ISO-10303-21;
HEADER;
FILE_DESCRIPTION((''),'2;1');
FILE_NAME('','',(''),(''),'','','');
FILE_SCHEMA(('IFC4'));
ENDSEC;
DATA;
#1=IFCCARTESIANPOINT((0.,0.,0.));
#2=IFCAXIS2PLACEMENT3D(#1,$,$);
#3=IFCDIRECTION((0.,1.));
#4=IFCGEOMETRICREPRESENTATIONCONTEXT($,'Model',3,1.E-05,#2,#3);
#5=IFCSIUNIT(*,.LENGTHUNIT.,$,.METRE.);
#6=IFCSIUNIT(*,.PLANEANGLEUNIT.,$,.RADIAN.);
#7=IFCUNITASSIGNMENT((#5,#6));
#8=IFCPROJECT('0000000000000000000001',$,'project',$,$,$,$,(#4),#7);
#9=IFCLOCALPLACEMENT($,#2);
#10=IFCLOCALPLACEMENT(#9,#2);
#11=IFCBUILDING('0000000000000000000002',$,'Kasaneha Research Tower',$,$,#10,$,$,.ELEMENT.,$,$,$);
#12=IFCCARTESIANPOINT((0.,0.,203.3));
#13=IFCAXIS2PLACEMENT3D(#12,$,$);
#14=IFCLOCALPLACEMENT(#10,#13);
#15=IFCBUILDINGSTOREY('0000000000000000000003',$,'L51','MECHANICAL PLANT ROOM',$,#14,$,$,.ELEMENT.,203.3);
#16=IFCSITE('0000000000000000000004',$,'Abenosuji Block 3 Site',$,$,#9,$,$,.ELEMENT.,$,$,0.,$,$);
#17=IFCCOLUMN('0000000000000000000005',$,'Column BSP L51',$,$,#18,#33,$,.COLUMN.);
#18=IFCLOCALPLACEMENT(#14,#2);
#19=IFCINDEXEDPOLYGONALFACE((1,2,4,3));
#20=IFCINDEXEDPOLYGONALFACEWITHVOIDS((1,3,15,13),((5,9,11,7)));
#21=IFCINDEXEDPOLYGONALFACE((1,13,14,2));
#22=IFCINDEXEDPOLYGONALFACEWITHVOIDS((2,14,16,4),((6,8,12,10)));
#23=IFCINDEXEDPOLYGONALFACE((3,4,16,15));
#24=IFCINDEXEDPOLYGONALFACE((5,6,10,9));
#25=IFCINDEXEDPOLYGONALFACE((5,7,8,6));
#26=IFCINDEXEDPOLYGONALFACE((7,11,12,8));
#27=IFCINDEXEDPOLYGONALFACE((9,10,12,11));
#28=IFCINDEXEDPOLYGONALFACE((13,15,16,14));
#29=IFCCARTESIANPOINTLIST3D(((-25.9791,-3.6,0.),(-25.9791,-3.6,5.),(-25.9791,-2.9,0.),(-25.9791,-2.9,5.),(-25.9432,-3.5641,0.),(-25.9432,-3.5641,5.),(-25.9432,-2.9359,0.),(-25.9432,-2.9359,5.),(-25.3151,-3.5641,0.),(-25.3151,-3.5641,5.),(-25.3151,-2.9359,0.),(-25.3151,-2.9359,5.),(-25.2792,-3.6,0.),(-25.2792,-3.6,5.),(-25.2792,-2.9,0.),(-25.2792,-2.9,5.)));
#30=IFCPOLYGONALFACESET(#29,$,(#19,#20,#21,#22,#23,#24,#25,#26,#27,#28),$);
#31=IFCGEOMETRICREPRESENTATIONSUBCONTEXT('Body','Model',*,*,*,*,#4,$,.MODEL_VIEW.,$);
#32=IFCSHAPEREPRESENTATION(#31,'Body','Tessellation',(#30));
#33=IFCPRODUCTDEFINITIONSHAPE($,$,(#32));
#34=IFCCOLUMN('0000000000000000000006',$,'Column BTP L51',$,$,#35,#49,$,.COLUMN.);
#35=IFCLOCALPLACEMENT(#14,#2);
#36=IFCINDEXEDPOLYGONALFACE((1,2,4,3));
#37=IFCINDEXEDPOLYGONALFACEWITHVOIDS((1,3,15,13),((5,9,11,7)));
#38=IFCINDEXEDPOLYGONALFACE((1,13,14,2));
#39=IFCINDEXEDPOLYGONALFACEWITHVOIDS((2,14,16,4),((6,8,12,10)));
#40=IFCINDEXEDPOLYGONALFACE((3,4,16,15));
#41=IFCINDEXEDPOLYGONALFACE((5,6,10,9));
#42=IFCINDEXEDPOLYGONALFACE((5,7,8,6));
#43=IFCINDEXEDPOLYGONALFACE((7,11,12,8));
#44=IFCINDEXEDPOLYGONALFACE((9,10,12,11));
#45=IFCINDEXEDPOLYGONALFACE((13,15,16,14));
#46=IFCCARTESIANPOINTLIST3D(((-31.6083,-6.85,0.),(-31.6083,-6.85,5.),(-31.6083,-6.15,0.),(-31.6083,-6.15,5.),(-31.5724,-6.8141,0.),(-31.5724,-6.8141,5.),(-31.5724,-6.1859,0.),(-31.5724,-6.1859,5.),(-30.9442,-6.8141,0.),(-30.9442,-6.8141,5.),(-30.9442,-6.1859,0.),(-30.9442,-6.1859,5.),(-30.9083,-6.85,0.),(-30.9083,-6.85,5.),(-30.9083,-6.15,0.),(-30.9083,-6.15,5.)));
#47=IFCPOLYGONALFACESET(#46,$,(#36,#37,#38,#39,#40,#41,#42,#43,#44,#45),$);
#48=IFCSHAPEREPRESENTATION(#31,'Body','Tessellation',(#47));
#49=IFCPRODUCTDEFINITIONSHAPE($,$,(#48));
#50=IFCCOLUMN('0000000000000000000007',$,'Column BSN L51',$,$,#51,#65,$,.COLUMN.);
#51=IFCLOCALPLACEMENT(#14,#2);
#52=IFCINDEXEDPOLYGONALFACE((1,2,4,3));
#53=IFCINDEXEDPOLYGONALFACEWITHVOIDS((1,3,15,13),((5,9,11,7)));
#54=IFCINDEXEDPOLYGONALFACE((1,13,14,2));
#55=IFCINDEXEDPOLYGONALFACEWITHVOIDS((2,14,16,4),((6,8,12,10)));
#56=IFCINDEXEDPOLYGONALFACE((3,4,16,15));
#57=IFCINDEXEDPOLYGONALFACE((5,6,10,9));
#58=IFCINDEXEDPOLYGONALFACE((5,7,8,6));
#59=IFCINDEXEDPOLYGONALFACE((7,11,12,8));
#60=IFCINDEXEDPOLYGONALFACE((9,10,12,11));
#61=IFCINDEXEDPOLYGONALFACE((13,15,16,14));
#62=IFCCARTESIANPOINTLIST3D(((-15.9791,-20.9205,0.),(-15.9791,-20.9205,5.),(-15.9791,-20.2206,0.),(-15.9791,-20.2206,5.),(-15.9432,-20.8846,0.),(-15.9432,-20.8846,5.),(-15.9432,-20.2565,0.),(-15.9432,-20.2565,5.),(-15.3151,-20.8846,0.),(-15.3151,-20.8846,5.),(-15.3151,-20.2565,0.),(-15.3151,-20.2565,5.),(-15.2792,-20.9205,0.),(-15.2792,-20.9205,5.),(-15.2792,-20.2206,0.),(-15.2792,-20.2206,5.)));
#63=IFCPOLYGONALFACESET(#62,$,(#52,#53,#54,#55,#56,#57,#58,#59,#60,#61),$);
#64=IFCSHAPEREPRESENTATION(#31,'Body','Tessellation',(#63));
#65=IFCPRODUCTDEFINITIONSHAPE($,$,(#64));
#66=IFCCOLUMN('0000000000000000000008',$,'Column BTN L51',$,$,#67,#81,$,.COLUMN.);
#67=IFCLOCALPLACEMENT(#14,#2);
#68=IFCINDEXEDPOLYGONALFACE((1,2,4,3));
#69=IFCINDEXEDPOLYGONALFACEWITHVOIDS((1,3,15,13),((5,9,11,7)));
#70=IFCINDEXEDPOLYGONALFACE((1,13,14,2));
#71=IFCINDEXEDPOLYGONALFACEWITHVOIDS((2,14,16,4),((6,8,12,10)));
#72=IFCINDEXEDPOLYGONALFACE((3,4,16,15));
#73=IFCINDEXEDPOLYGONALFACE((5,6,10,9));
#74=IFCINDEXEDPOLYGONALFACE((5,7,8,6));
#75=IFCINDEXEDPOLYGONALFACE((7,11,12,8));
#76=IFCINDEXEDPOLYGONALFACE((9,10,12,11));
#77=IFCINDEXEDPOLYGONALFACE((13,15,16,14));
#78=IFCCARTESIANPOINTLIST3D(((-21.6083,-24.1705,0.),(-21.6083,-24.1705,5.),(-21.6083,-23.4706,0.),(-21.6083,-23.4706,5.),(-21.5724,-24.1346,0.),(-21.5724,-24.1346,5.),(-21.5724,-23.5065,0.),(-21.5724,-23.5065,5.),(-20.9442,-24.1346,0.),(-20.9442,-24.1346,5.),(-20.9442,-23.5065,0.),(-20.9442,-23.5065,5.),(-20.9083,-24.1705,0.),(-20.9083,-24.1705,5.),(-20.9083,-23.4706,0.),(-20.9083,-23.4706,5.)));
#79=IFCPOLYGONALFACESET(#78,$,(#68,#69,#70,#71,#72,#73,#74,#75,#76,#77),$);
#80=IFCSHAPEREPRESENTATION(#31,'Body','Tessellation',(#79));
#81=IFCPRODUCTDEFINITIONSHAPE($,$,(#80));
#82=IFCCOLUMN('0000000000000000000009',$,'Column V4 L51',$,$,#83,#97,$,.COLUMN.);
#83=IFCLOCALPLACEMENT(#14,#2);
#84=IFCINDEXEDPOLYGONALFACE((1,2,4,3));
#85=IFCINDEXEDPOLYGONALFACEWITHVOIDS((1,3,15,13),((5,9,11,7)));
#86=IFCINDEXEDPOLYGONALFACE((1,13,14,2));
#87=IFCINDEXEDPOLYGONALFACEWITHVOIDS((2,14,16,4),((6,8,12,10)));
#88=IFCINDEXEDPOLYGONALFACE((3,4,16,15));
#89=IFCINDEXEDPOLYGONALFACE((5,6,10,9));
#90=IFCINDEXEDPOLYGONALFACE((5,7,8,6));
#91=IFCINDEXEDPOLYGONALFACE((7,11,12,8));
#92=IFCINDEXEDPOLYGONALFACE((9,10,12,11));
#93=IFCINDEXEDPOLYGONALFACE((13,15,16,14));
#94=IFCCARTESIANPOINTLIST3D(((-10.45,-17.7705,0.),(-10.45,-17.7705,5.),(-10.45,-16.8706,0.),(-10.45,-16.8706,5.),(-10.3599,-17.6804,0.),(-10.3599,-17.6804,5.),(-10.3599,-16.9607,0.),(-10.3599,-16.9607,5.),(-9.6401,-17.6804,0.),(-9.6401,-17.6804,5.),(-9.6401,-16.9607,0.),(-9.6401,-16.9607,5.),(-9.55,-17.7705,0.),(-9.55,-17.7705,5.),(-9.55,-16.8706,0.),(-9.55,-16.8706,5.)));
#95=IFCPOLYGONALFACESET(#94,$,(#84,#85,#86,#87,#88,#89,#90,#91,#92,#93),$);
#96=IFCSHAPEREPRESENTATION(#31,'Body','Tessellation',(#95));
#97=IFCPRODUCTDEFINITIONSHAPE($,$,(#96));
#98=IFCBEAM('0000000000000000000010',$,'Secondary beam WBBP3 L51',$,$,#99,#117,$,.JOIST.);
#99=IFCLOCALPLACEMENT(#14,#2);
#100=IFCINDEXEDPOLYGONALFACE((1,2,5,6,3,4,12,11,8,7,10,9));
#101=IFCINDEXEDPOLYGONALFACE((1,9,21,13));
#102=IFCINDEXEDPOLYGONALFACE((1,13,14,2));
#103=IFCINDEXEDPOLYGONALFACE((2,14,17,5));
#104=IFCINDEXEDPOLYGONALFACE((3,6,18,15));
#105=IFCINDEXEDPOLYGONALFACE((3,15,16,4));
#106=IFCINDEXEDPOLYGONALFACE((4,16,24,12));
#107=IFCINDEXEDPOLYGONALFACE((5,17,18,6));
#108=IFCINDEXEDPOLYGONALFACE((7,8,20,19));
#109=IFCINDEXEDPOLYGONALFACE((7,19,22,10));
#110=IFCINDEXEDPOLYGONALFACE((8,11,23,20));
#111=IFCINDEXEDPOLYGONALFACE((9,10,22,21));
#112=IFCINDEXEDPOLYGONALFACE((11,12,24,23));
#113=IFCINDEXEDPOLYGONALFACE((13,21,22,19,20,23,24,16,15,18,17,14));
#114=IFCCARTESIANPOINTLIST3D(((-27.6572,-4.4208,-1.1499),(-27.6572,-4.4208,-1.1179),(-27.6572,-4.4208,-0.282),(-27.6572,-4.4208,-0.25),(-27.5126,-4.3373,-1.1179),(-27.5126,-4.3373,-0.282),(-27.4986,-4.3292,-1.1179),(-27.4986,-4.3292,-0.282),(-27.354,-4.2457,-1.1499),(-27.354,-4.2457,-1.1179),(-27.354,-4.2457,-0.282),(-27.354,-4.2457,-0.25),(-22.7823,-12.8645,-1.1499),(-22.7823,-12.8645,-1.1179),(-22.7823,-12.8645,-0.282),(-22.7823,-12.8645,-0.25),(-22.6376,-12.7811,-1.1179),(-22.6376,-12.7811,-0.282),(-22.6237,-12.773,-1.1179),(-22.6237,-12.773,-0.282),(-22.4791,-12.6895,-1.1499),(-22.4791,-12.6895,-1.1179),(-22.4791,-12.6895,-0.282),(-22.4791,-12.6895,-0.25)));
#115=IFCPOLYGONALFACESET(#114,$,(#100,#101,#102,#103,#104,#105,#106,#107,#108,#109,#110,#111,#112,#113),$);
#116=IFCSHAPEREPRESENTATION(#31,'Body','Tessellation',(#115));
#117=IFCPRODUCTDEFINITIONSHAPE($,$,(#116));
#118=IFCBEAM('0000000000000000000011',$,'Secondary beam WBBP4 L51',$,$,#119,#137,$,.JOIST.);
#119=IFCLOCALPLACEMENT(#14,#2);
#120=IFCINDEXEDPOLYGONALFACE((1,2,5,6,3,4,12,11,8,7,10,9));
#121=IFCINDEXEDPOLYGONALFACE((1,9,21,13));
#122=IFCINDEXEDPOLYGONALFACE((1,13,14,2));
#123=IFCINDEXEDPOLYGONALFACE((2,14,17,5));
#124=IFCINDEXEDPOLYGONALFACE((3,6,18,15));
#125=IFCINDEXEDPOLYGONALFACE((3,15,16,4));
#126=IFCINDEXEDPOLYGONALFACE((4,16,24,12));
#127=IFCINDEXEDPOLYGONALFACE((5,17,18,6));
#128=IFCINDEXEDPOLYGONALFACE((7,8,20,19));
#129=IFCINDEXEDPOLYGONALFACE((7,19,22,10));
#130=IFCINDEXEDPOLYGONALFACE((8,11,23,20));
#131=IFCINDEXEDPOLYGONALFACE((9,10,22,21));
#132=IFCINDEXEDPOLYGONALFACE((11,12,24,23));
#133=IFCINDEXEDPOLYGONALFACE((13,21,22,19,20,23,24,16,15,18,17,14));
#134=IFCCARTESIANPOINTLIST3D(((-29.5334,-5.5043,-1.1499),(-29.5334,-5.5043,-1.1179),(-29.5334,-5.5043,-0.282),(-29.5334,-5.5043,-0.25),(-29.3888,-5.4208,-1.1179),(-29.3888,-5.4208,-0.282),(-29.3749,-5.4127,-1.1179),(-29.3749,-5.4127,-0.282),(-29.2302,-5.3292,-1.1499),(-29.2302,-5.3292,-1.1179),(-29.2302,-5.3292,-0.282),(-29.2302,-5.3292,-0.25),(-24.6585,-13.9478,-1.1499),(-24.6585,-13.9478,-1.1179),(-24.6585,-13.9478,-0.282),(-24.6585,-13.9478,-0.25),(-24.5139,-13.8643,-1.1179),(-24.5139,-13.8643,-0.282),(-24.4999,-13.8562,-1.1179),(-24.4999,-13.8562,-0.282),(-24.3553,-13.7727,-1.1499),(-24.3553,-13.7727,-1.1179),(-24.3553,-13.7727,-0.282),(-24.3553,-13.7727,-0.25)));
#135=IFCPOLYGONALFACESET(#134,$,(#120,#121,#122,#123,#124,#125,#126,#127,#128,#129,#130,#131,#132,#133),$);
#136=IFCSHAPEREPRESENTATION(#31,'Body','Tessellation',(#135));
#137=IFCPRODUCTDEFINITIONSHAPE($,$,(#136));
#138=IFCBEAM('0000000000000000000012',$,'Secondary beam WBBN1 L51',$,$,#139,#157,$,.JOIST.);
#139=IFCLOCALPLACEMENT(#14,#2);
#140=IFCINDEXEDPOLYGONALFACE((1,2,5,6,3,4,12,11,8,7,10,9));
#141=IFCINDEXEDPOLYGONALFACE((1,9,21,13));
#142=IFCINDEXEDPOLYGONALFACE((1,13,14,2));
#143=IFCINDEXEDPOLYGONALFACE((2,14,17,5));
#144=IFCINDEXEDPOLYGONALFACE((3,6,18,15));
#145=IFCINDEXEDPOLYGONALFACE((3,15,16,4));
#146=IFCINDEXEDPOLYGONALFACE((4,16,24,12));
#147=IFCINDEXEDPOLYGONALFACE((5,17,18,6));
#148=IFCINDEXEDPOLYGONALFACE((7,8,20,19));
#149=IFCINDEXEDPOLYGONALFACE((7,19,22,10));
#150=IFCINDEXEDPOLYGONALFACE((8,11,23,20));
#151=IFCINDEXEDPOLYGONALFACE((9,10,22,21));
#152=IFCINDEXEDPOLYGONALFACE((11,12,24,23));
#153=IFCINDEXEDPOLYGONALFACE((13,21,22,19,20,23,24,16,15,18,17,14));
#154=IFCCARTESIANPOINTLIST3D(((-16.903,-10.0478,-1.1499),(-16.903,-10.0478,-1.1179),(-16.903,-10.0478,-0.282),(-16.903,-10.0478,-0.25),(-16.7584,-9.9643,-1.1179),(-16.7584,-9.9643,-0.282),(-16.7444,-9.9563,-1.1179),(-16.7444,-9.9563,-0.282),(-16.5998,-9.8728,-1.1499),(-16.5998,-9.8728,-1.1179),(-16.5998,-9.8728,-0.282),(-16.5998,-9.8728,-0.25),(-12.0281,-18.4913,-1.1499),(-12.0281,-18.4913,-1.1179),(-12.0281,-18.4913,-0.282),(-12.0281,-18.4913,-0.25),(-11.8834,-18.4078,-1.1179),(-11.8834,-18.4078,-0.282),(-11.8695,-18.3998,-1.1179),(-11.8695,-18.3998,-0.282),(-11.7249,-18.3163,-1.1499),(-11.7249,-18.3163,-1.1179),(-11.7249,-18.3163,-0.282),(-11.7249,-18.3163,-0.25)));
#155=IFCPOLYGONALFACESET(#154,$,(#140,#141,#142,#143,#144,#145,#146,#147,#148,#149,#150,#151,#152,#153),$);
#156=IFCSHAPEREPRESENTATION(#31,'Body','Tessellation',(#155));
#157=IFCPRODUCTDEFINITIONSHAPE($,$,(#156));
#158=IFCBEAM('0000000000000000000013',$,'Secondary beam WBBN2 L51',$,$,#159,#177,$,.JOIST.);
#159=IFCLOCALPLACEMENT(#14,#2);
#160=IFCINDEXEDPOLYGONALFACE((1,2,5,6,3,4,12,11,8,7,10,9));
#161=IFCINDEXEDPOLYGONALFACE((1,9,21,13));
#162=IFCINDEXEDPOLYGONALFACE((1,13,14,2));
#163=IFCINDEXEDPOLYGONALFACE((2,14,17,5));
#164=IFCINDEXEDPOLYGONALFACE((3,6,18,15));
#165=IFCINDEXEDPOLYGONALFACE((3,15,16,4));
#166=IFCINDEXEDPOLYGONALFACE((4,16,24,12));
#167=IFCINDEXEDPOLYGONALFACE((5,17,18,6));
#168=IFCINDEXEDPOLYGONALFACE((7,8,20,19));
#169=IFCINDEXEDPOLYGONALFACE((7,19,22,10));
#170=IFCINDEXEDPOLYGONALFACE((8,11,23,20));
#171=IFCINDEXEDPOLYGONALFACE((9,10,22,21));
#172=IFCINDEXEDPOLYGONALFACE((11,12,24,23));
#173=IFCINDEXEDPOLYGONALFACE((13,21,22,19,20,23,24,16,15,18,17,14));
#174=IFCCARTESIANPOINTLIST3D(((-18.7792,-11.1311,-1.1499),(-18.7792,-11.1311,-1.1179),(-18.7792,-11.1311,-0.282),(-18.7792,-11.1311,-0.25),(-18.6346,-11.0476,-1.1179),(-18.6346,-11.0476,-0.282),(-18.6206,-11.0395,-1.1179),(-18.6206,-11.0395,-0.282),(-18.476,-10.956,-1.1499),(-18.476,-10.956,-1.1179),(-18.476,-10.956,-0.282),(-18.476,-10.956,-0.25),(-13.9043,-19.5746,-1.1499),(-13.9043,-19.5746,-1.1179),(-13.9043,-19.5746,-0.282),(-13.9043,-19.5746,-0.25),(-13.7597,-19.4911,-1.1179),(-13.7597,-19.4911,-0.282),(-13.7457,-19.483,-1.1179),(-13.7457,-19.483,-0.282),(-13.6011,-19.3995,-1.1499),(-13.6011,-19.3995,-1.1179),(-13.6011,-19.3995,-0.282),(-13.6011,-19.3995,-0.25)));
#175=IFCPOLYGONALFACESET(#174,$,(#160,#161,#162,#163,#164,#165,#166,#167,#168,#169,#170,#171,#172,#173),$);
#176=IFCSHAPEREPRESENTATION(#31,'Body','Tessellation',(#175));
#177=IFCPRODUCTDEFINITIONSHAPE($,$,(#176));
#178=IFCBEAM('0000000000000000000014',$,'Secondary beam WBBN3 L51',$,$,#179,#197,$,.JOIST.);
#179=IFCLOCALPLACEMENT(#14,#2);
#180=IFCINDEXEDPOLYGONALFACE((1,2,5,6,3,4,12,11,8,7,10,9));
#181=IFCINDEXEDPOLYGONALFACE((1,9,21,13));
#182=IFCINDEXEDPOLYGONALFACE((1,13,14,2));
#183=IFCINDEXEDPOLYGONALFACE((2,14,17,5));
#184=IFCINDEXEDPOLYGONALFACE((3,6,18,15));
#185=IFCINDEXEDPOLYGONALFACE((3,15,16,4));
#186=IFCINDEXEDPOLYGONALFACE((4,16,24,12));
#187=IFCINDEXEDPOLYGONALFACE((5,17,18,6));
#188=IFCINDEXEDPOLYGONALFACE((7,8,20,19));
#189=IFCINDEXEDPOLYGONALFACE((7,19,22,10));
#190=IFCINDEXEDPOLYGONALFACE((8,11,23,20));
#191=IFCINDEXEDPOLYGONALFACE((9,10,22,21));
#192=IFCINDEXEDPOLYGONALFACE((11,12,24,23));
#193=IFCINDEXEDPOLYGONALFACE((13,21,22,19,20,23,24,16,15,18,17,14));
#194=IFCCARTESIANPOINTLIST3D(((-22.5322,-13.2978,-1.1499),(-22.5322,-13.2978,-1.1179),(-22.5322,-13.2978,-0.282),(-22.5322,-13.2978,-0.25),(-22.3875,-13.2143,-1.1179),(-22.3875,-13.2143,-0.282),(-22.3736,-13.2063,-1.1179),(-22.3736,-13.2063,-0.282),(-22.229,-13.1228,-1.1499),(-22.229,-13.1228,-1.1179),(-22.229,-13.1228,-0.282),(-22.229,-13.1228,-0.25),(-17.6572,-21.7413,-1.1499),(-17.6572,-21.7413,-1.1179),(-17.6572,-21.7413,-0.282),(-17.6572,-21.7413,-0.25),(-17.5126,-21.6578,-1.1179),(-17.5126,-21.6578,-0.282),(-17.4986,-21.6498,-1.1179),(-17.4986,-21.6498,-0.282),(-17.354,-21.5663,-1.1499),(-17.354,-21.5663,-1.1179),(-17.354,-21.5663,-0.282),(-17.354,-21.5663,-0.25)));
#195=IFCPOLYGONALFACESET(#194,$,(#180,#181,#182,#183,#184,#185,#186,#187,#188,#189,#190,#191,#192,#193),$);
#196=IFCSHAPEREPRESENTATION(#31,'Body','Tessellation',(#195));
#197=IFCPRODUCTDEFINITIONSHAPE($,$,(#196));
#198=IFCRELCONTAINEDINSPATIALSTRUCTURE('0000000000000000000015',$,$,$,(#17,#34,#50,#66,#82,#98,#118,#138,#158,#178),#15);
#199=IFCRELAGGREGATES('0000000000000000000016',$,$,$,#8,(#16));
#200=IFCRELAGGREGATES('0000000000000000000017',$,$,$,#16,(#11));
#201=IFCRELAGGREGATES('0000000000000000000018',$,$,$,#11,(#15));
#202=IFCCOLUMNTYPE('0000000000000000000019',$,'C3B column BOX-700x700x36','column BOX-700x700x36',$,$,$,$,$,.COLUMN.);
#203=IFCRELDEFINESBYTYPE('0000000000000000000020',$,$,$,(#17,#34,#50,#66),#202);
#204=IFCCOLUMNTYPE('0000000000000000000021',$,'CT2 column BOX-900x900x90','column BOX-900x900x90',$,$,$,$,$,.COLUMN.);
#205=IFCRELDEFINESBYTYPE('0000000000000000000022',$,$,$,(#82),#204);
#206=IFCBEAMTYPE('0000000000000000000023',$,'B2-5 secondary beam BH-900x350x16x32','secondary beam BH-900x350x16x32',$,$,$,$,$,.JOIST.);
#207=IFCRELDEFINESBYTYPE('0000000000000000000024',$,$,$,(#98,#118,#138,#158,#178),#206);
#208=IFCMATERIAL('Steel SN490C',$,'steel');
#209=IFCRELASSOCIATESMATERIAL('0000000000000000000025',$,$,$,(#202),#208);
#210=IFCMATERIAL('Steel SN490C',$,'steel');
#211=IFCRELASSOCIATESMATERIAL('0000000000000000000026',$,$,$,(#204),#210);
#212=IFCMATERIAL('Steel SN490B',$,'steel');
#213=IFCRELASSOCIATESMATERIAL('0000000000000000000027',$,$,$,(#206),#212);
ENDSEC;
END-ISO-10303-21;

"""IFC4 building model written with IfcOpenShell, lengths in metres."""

from ifc_helpers import new_model, si_unit, direction, frame, origin, origin_2d, place, context, subcontext, project, spatial, hollow_rectangle, i_section, extrude, material, material_profile, profile_set, type_object, element, save


model = new_model("IFC4")

# Units and contexts
model_context = context("Model", 3, precision=1e-05, world=origin(), true_north=direction((0.0, 1.0)))
body_context = subcontext(model_context, "Body", "Model", "MODEL_VIEW")
ifc_project = project(units=[si_unit("LENGTHUNIT", "METRE"), si_unit("PLANEANGLEUNIT", "RADIAN")], contexts=[model_context])

# Site, building, storey
site_placement = place(None, origin())
site = spatial("IfcSite", under=ifc_project, at=site_placement, Name="Abenosuji Block 3 Site", CompositionType="ELEMENT", RefElevation=0.0)
building_placement = place(site_placement, origin())
building = spatial("IfcBuilding", under=site, at=building_placement, Name="Kasaneha Research Tower", CompositionType="ELEMENT")
storey_placement = place(building_placement, frame((0.0, 0.0, 203.3)))
storey = spatial("IfcBuildingStorey", under=building, at=storey_placement, Name="L51", Description="MECHANICAL PLANT ROOM", CompositionType="ELEMENT", Elevation=203.3)

# Columns
ifc_material_1 = material(Name="Steel SN490C", Category="steel")
ifc_material_profile_1 = material_profile(ifc_material_1, hollow_rectangle(XDim=0.7, YDim=0.7, WallThickness=0.0359, at=origin_2d()), Name="BOX-700x700x36")
ifc_profile_set_1 = profile_set([ifc_material_profile_1], Name="Steel SN490C")
column_type_1 = type_object("IfcColumnType", Name="C3B column BOX-700x700x36", Description="column BOX-700x700x36", PredefinedType="COLUMN", material=ifc_profile_set_1)
for number, where, z_axis, x_axis, name in (
    (1, (-25.6292, -3.25, 0.0), (0.0, 0.0, 1.0), (1.0, 0.0, 0.0), "Column BSP L51"),
    (2, (-31.2583, -6.5, 0.0), (0.0, 0.0, 1.0), (1.0, 0.0, 0.0), "Column BTP L51"),
    (3, (-15.6292, -20.5706, 0.0), (0.0, 0.0, 1.0), (1.0, 0.0, 0.0), "Column BSN L51"),
    (4, (-21.2583, -23.8206, 0.0), (0.0, 0.0, 1.0), (1.0, 0.0, 0.0), "Column BTN L51"),
):
    element("IfcColumn", number, at=place(storey_placement, frame(where, z_axis=z_axis, x_axis=x_axis)), inside=storey, type_object=column_type_1, Name=name, PredefinedType="COLUMN", context=body_context, shape_type="SweptSolid", body=[
        extrude(hollow_rectangle(XDim=0.7, YDim=0.7, WallThickness=0.0359, at=origin_2d()), origin(), (0.0, 0.0, 1.0), 5.0),
    ])
ifc_material_2 = material(Name="Steel SN490C", Category="steel")
ifc_material_profile_2 = material_profile(ifc_material_2, hollow_rectangle(XDim=0.8999, YDim=0.8999, WallThickness=0.0901, at=origin_2d()), Name="BOX-900x900x90")
ifc_profile_set_2 = profile_set([ifc_material_profile_2], Name="Steel SN490C")
column_type_2 = type_object("IfcColumnType", Name="CT2 column BOX-900x900x90", Description="column BOX-900x900x90", PredefinedType="COLUMN", material=ifc_profile_set_2)
column_placement = place(storey_placement, frame((-10.0, -17.3206, 0.0), z_axis=(0.0, 0.0, 1.0), x_axis=(1.0, 0.0, 0.0)))
element("IfcColumn", 5, at=column_placement, inside=storey, type_object=column_type_2, Name="Column V4 L51", PredefinedType="COLUMN", context=body_context, shape_type="SweptSolid", body=[
    extrude(hollow_rectangle(XDim=0.8999, YDim=0.8999, WallThickness=0.0901, at=origin_2d()), origin(), (0.0, 0.0, 1.0), 5.0),
])

# Beams
ifc_material_3 = material(Name="Steel SN490B", Category="steel")
ifc_material_profile_3 = material_profile(ifc_material_3, i_section(OverallWidth=0.3501, OverallDepth=0.8999, WebThickness=0.0161, FlangeThickness=0.032, at=origin_2d()), Name="BH-900x350x16x32")
ifc_profile_set_3 = profile_set([ifc_material_profile_3], Name="Steel SN490B")
beam_type_1 = type_object("IfcBeamType", Name="B2-5 secondary beam BH-900x350x16x32", Description="secondary beam BH-900x350x16x32", PredefinedType="JOIST", material=ifc_profile_set_3)
beam_placement = place(storey_placement, frame((-27.5056, -4.3333, -0.7), z_axis=(0.499996, -0.866028, 0.0), x_axis=(0.866028, 0.499996, 0.0)))
element("IfcBeam", 6, at=beam_placement, inside=storey, type_object=beam_type_1, Name="Secondary beam WBBP3 L51", PredefinedType="JOIST", context=body_context, shape_type="SweptSolid", body=[
    extrude(i_section(OverallWidth=0.3501, OverallDepth=0.8999, WebThickness=0.0161, FlangeThickness=0.032, at=origin_2d()), origin(), (0.0, 0.0, 1.0), 9.75),
])
for number, where, z_axis, x_axis, name in (
    (7, (-29.3818, -5.4167, -0.7), (0.500006, -0.866022, 0.0), (0.866022, 0.500006, 0.0), "Secondary beam WBBP4 L51"),
    (8, (-11.8765, -18.4038, -0.7), (-0.500006, 0.866022, 0.0), (-0.866022, -0.500006, 0.0), "Secondary beam WBBN1 L51"),
    (9, (-13.7527, -19.4871, -0.7), (-0.500006, 0.866022, 0.0), (-0.866022, -0.500006, 0.0), "Secondary beam WBBN2 L51"),
    (10, (-17.5056, -21.6538, -0.7), (-0.500006, 0.866022, 0.0), (-0.866022, -0.500006, 0.0), "Secondary beam WBBN3 L51"),
):
    element("IfcBeam", number, at=place(storey_placement, frame(where, z_axis=z_axis, x_axis=x_axis)), inside=storey, type_object=beam_type_1, Name=name, PredefinedType="JOIST", context=body_context, shape_type="SweptSolid", body=[
        extrude(i_section(OverallWidth=0.3501, OverallDepth=0.8999, WebThickness=0.0161, FlangeThickness=0.032, at=origin_2d()), origin(), (0.0, 0.0, 1.0), 9.7498),
    ])

save(model, "model.ifc")
